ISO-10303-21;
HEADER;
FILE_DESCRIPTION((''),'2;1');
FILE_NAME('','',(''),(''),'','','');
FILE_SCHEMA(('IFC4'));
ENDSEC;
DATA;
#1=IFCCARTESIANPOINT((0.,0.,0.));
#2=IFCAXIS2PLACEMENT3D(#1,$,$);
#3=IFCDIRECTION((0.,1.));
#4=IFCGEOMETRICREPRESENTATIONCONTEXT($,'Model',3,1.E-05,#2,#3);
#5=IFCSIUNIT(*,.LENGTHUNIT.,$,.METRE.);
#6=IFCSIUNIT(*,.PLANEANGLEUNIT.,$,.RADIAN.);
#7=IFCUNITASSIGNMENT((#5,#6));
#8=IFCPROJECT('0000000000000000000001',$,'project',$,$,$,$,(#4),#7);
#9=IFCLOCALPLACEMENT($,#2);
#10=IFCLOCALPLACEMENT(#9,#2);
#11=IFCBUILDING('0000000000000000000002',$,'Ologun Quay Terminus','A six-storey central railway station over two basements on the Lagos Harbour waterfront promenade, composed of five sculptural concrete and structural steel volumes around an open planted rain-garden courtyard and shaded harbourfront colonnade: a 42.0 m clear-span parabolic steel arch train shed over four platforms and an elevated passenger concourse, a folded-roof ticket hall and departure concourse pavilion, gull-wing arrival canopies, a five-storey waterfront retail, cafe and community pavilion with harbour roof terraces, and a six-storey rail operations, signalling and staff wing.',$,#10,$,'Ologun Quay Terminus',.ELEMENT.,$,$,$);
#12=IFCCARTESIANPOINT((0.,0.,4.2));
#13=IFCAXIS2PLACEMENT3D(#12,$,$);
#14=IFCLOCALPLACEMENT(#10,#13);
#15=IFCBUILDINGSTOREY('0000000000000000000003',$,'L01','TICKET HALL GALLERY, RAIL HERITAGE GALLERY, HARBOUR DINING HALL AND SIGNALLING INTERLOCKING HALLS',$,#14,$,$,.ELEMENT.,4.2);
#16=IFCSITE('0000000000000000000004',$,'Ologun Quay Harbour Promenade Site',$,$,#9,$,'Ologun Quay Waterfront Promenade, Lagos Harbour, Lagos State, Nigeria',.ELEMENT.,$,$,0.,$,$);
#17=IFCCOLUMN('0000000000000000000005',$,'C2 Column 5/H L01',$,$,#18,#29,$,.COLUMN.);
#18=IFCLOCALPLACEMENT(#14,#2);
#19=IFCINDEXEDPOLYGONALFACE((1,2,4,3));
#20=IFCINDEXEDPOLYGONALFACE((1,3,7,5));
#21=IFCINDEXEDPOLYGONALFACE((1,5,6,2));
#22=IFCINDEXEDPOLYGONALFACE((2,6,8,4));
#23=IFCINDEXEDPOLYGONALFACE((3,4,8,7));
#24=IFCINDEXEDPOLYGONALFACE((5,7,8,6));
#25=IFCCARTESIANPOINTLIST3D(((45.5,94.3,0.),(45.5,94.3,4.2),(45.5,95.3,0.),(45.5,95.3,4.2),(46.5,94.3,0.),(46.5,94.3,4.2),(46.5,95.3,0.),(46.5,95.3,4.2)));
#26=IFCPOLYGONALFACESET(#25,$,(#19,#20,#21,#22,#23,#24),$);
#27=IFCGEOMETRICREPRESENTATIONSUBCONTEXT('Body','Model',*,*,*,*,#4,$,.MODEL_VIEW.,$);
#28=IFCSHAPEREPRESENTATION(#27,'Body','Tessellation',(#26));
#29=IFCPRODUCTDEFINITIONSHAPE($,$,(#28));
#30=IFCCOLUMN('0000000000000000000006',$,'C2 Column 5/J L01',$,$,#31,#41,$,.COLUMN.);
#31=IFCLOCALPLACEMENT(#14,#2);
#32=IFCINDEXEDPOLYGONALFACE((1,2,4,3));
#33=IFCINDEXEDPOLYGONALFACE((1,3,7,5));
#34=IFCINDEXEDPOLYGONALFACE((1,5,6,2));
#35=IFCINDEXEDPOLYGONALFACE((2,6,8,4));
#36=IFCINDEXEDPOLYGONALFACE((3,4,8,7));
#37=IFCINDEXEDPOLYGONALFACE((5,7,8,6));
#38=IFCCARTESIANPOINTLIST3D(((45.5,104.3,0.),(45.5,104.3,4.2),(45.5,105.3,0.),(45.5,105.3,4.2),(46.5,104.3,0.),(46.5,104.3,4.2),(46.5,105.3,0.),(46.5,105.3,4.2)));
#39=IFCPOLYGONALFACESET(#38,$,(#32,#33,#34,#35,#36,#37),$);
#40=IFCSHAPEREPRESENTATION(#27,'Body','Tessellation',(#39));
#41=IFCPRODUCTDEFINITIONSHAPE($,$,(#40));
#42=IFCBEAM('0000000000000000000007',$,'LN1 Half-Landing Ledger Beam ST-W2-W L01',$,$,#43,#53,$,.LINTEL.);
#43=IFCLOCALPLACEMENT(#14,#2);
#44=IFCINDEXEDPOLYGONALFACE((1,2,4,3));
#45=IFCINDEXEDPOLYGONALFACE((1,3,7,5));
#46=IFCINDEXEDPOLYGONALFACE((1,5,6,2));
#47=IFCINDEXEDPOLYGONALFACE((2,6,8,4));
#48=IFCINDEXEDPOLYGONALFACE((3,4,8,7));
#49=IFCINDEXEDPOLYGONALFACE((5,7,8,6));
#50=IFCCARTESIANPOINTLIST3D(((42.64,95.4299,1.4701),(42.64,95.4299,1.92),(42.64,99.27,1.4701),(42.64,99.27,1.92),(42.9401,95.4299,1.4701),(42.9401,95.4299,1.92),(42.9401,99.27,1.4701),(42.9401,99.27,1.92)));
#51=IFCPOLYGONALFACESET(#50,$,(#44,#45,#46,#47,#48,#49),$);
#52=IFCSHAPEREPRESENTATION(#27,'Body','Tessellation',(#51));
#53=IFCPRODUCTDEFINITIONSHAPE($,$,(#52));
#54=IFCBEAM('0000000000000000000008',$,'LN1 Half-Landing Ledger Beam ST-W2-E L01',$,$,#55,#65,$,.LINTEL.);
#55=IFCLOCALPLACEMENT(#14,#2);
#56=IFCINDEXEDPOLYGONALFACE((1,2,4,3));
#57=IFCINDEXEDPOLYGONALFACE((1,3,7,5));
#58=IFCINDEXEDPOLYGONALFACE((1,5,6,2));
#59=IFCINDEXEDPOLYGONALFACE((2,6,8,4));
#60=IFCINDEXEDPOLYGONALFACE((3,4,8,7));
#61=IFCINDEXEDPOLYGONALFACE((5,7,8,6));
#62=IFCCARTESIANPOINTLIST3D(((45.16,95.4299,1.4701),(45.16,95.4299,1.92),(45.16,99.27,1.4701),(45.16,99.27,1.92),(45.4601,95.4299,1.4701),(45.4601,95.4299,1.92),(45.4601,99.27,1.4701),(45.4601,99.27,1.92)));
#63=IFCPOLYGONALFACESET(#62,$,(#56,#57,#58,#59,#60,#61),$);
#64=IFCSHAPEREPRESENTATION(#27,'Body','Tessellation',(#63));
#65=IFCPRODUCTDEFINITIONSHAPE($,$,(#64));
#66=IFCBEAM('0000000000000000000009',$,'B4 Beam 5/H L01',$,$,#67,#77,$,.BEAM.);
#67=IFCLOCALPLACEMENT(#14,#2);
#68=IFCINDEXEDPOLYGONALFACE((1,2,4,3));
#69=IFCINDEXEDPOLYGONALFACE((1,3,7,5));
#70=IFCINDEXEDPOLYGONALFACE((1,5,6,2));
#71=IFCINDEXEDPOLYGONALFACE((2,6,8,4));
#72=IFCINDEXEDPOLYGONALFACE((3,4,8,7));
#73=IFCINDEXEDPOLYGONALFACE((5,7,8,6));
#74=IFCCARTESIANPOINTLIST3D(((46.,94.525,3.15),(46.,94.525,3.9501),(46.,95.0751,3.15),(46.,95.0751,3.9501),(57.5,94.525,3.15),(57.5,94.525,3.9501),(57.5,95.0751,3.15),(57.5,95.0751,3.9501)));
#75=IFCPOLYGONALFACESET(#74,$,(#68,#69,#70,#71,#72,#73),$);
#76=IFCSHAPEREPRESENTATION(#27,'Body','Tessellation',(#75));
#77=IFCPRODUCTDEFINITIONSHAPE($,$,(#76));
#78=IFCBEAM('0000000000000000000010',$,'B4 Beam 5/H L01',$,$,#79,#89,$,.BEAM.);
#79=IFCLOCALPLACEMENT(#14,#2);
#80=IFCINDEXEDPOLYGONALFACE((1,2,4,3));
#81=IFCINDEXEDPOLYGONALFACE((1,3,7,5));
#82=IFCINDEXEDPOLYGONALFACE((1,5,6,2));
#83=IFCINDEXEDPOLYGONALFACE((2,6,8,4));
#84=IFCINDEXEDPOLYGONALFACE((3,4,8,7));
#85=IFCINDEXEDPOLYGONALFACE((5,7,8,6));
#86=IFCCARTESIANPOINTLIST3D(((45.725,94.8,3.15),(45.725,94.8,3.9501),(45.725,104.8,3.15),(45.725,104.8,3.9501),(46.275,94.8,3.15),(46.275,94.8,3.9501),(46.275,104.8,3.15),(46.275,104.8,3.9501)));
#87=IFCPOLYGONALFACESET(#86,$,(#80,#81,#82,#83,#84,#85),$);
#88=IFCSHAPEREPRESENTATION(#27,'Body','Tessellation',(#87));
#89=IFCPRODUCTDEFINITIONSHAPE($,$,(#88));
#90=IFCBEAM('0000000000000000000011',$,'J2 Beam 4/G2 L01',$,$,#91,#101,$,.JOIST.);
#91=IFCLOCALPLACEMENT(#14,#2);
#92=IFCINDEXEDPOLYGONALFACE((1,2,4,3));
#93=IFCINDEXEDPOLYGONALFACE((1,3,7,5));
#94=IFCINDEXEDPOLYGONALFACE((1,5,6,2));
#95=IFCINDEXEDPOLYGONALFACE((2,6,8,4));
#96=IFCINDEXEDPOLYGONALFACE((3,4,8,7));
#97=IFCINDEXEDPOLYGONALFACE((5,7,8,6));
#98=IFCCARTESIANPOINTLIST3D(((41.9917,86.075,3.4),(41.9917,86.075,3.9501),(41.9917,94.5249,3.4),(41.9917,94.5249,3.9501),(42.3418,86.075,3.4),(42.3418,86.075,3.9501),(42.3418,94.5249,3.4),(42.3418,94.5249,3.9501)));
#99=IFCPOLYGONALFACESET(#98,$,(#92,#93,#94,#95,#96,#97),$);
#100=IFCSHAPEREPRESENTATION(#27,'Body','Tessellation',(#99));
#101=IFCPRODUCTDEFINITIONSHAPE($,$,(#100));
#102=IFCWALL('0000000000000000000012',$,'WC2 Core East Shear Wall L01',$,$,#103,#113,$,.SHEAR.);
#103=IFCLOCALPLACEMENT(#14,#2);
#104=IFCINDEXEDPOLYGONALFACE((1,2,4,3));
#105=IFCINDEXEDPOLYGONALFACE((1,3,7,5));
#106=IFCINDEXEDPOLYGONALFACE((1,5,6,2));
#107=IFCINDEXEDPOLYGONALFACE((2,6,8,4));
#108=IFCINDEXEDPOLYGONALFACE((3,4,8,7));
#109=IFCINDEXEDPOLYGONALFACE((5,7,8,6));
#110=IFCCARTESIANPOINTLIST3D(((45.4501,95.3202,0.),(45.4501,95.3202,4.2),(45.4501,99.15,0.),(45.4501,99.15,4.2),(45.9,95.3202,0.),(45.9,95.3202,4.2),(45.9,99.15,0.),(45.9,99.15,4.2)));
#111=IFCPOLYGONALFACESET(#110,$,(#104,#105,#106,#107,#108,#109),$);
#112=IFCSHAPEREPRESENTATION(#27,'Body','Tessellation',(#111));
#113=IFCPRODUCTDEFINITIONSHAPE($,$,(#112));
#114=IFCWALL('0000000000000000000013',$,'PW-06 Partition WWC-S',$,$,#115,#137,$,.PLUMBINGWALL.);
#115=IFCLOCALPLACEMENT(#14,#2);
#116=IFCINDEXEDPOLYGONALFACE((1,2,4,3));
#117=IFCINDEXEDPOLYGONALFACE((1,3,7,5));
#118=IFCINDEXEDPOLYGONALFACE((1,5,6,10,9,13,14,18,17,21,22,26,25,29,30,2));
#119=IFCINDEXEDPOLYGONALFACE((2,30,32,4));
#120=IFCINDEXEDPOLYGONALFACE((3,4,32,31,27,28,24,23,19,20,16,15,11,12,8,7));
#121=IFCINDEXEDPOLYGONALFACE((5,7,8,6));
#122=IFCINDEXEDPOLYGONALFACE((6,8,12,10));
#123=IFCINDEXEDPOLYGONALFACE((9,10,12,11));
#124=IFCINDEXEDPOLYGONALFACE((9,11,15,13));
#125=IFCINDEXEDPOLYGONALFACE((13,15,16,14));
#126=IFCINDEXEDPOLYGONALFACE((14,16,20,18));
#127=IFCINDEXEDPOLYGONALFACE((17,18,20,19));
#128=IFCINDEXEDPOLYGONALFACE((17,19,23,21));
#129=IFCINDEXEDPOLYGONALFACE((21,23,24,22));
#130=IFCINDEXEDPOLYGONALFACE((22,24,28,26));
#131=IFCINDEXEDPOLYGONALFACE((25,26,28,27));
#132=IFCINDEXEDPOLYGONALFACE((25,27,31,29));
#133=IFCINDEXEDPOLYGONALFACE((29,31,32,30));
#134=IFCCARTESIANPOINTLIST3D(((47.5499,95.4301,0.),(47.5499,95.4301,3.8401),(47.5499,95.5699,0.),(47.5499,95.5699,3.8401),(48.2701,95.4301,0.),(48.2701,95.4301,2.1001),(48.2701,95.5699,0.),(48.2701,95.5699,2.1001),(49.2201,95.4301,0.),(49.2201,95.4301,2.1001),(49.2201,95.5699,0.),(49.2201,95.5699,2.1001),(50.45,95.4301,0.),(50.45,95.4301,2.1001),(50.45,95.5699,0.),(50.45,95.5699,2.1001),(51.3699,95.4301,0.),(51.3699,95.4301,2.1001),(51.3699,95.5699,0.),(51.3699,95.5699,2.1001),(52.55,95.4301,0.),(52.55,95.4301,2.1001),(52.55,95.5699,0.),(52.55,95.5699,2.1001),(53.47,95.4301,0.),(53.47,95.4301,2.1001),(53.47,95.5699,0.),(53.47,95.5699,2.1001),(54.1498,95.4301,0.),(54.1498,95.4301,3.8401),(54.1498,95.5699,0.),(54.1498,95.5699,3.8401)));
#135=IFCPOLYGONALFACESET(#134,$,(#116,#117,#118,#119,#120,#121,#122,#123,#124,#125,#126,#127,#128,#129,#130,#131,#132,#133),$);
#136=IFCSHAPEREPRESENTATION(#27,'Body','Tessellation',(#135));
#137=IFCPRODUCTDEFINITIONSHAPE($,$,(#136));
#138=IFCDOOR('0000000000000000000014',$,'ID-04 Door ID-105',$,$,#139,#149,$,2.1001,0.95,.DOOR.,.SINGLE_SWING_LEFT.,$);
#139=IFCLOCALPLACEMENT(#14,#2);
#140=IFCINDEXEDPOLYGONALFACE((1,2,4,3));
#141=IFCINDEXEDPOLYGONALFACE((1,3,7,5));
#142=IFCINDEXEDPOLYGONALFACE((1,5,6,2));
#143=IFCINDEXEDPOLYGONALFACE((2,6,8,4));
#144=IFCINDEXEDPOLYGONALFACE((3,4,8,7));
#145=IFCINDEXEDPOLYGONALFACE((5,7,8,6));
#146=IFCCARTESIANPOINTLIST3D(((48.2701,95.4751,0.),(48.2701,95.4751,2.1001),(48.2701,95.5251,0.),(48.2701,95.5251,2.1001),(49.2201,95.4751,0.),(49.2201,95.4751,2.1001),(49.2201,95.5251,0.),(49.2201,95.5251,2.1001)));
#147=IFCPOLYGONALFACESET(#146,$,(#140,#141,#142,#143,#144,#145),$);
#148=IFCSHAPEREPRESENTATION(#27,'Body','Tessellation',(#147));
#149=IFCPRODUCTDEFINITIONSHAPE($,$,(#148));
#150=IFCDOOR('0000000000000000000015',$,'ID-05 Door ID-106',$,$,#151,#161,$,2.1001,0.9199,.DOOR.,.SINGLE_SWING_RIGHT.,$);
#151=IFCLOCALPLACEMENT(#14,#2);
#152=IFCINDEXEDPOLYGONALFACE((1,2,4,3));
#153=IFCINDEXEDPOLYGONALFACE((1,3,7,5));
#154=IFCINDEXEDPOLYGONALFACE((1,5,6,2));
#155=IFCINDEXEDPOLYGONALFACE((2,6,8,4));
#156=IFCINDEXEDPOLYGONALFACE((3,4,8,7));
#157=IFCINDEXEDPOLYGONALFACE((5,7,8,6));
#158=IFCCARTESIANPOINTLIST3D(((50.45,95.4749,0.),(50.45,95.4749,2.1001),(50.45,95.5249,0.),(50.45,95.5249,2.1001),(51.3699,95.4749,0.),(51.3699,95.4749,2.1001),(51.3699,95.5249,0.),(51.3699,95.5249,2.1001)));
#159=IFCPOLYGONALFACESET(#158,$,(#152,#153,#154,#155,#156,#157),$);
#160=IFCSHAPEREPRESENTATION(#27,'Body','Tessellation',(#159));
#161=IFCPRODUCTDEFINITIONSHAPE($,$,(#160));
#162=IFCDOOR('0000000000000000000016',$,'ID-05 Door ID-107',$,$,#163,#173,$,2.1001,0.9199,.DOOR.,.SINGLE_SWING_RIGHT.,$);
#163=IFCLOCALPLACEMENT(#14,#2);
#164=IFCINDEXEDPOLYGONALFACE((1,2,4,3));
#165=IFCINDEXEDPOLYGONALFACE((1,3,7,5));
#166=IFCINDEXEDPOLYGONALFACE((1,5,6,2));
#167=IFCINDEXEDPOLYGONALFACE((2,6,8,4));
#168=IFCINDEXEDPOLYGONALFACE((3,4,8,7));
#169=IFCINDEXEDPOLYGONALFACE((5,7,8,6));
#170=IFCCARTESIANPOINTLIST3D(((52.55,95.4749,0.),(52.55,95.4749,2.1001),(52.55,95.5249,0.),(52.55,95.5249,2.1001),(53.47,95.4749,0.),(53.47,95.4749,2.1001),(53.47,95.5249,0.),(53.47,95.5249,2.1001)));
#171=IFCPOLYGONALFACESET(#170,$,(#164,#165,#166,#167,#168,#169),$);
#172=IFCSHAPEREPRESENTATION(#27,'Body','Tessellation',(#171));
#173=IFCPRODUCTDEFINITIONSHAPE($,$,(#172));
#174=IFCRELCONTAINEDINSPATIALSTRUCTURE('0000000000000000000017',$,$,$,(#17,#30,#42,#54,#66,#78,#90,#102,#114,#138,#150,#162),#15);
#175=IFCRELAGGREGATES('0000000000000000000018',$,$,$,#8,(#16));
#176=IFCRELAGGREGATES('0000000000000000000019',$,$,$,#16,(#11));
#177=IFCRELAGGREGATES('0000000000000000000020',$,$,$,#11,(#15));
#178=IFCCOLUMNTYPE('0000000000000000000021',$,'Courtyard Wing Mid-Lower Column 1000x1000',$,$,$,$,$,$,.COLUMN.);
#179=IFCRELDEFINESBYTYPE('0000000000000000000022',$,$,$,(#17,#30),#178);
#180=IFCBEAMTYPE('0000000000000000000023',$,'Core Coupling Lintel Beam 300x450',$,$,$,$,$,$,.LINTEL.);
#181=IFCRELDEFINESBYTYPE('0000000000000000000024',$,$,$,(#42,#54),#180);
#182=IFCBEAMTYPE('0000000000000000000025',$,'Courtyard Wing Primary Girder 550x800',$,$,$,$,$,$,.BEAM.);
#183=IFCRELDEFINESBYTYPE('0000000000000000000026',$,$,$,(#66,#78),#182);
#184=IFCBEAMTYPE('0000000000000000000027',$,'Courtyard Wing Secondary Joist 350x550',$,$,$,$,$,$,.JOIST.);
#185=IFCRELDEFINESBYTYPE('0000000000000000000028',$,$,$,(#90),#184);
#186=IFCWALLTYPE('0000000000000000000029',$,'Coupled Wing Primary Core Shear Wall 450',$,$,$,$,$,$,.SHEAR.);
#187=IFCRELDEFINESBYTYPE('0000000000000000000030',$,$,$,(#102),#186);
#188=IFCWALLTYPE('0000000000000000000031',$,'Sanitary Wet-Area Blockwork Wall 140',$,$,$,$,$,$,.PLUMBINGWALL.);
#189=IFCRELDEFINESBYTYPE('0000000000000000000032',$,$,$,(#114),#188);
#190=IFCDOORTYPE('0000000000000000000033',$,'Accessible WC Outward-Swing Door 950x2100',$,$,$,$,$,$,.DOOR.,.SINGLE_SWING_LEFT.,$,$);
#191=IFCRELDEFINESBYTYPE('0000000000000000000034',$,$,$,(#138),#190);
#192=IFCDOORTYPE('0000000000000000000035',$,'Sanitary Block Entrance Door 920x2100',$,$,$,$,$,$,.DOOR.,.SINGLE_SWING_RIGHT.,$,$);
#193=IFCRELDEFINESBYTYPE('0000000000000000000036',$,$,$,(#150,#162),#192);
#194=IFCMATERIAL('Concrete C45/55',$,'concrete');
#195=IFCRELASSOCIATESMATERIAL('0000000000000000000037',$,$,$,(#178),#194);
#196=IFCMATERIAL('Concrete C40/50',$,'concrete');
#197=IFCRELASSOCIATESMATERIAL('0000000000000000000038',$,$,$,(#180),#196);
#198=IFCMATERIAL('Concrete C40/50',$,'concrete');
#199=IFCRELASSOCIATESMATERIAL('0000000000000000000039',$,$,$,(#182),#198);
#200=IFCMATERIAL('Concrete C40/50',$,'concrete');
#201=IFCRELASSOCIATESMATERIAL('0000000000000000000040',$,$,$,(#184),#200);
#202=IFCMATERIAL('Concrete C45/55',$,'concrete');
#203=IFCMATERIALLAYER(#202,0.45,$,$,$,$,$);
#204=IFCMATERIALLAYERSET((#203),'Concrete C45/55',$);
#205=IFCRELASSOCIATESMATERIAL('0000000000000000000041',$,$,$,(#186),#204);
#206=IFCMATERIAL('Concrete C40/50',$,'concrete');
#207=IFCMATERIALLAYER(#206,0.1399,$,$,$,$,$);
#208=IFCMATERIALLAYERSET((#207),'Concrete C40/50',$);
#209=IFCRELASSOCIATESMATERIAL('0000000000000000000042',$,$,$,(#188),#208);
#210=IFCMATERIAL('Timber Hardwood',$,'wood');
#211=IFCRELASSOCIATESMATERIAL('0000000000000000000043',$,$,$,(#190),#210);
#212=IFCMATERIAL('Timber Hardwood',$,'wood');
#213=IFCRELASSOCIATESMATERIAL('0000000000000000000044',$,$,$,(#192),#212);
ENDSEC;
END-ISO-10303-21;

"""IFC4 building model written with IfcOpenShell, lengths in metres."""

from ifc_helpers import new_model, si_unit, direction, frame, frame_2d, origin, origin_2d, place, context, subcontext, project, spatial, rectangle, extrude, material, layer, layer_set, material_profile, profile_set, type_object, element, fill, save


model = new_model("IFC4")

# Units and contexts
model_context = context("Model", 3, precision=1e-05, world=origin(), true_north=direction((0.0, 1.0)))
body_context = subcontext(model_context, "Body", "Model", "MODEL_VIEW")
ifc_project = project(units=[si_unit("LENGTHUNIT", "METRE"), si_unit("PLANEANGLEUNIT", "RADIAN")], contexts=[model_context])

# Site, building, storey
site_placement = place(None, origin())
site = spatial("IfcSite", under=ifc_project, at=site_placement, Name="Ologun Quay Harbour Promenade Site", LongName="Ologun Quay Waterfront Promenade, Lagos Harbour, Lagos State, Nigeria", CompositionType="ELEMENT", RefElevation=0.0)
building_placement = place(site_placement, origin())
building = spatial("IfcBuilding", under=site, at=building_placement, Name="Ologun Quay Terminus", Description="A six-storey central railway station over two basements on the Lagos Harbour waterfront promenade, composed of five sculptural concrete and structural steel volumes around an open planted rain-garden courtyard and shaded harbourfront colonnade: a 42.0 m clear-span parabolic steel arch train shed over four platforms and an elevated passenger concourse, a folded-roof ticket hall and departure concourse pavilion, gull-wing arrival canopies, a five-storey waterfront retail, cafe and community pavilion with harbour roof terraces, and a six-storey rail operations, signalling and staff wing.", LongName="Ologun Quay Terminus", CompositionType="ELEMENT")
storey_placement = place(building_placement, frame((0.0, 0.0, 4.2)))
storey = spatial("IfcBuildingStorey", under=building, at=storey_placement, Name="L01", Description="TICKET HALL GALLERY, RAIL HERITAGE GALLERY, HARBOUR DINING HALL AND SIGNALLING INTERLOCKING HALLS", CompositionType="ELEMENT", Elevation=4.2)

# Columns
ifc_material_1 = material(Name="Concrete C45/55", Category="concrete")
ifc_material_profile_1 = material_profile(ifc_material_1, rectangle(XDim=1.0, YDim=1.0, at=origin_2d()), Name="RC 1000x1000")
ifc_profile_set_1 = profile_set([ifc_material_profile_1], Name="Concrete C45/55")
column_type = type_object("IfcColumnType", Name="Courtyard Wing Mid-Lower Column 1000x1000", PredefinedType="COLUMN", material=ifc_profile_set_1)
for number, where, z_axis, x_axis, name in (
    (1, (46.0, 94.8, 0.0), (0.0, 0.0, 1.0), (1.0, 0.0, 0.0), "C2 Column 5/H L01"),
    (2, (46.0, 104.8, 0.0), (0.0, 0.0, 1.0), (1.0, 0.0, 0.0), "C2 Column 5/J L01"),
):
    element("IfcColumn", number, at=place(storey_placement, frame(where, z_axis=z_axis, x_axis=x_axis)), inside=storey, type_object=column_type, Name=name, PredefinedType="COLUMN", context=body_context, shape_type="SweptSolid", body=[
        extrude(rectangle(XDim=1.0, YDim=1.0, at=origin_2d()), origin(), (0.0, 0.0, 1.0), 4.2),
    ])

# Beams
ifc_material_2 = material(Name="Concrete C40/50", Category="concrete")
ifc_material_profile_2 = material_profile(ifc_material_2, rectangle(XDim=0.3, YDim=0.45, at=origin_2d()), Name="RC 300x450")
ifc_profile_set_2 = profile_set([ifc_material_profile_2], Name="Concrete C40/50")
beam_type_1 = type_object("IfcBeamType", Name="Core Coupling Lintel Beam 300x450", PredefinedType="LINTEL", material=ifc_profile_set_2)
for number, where, z_axis, x_axis, name in (
    (3, (42.79, 95.4299, 1.6951), (0.0, 1.0, 0.0), (-1.0, 0.0, 0.0), "LN1 Half-Landing Ledger Beam ST-W2-W L01"),
    (4, (45.3101, 95.4299, 1.6951), (0.0, 1.0, 0.0), (-1.0, 0.0, 0.0), "LN1 Half-Landing Ledger Beam ST-W2-E L01"),
):
    element("IfcBeam", number, at=place(storey_placement, frame(where, z_axis=z_axis, x_axis=x_axis)), inside=storey, type_object=beam_type_1, Name=name, PredefinedType="LINTEL", context=body_context, shape_type="SweptSolid", body=[
        extrude(rectangle(XDim=0.3, YDim=0.45, at=origin_2d()), origin(), (0.0, 0.0, 1.0), 3.8401),
    ])
ifc_material_3 = material(Name="Concrete C40/50", Category="concrete")
ifc_material_profile_3 = material_profile(ifc_material_3, rectangle(XDim=0.55, YDim=0.8, at=origin_2d()), Name="RC 550x800")
ifc_profile_set_3 = profile_set([ifc_material_profile_3], Name="Concrete C40/50")
beam_type_2 = type_object("IfcBeamType", Name="Courtyard Wing Primary Girder 550x800", PredefinedType="BEAM", material=ifc_profile_set_3)
beam_1_placement = place(storey_placement, frame((46.0, 94.8, 3.55), z_axis=(1.0, 0.0, 0.0), x_axis=(0.0, 1.0, 0.0)))
element("IfcBeam", 5, at=beam_1_placement, inside=storey, type_object=beam_type_2, Name="B4 Beam 5/H L01", PredefinedType="BEAM", context=body_context, shape_type="SweptSolid", body=[
    extrude(rectangle(XDim=0.55, YDim=0.8, at=origin_2d()), origin(), (0.0, 0.0, 1.0), 11.5),
])
beam_2_placement = place(storey_placement, frame((46.0, 94.8, 3.55), z_axis=(0.0, 1.0, 0.0), x_axis=(-1.0, 0.0, 0.0)))
element("IfcBeam", 6, at=beam_2_placement, inside=storey, type_object=beam_type_2, Name="B4 Beam 5/H L01", PredefinedType="BEAM", context=body_context, shape_type="SweptSolid", body=[
    extrude(rectangle(XDim=0.55, YDim=0.8, at=origin_2d()), origin(), (0.0, 0.0, 1.0), 10.0),
])
ifc_material_4 = material(Name="Concrete C40/50", Category="concrete")
ifc_material_profile_4 = material_profile(ifc_material_4, rectangle(XDim=0.3501, YDim=0.55, at=origin_2d()), Name="RC 350x550")
ifc_profile_set_4 = profile_set([ifc_material_profile_4], Name="Concrete C40/50")
beam_type_3 = type_object("IfcBeamType", Name="Courtyard Wing Secondary Joist 350x550", PredefinedType="JOIST", material=ifc_profile_set_4)
beam_3_placement = place(storey_placement, frame((42.1667, 86.075, 3.675), z_axis=(0.0, 1.0, 0.0), x_axis=(-1.0, 0.0, 0.0)))
element("IfcBeam", 7, at=beam_3_placement, inside=storey, type_object=beam_type_3, Name="J2 Beam 4/G2 L01", PredefinedType="JOIST", context=body_context, shape_type="SweptSolid", body=[
    extrude(rectangle(XDim=0.3501, YDim=0.55, at=origin_2d()), origin(), (0.0, 0.0, 1.0), 8.45),
])

# Wall
ifc_material_5 = material(Name="Concrete C45/55", Category="concrete")
ifc_layer_1 = layer(ifc_material_5, 0.45)
ifc_layer_set_1 = layer_set([ifc_layer_1], Name="Concrete C45/55")
wall_type_1 = type_object("IfcWallType", Name="Coupled Wing Primary Core Shear Wall 450", PredefinedType="SHEAR", material=ifc_layer_set_1)
wall_1_placement = place(storey_placement, frame((45.675, 95.3201, 0.0), z_axis=(0.0, 0.0, 1.0), x_axis=(0.0, 1.0, 0.0)))
element("IfcWall", 8, at=wall_1_placement, inside=storey, type_object=wall_type_1, Name="WC2 Core East Shear Wall L01", PredefinedType="SHEAR", context=body_context, shape_type="SweptSolid", body=[
    extrude(rectangle(XDim=3.8298, YDim=0.45, at=frame_2d((1.915, 0.0))), origin(), (0.0, 0.0, 1.0), 4.2),
])

# Wall, openings, doors
ifc_material_6 = material(Name="Concrete C40/50", Category="concrete")
ifc_layer_2 = layer(ifc_material_6, 0.1399)
ifc_layer_set_2 = layer_set([ifc_layer_2], Name="Concrete C40/50")
wall_type_2 = type_object("IfcWallType", Name="Sanitary Wet-Area Blockwork Wall 140", PredefinedType="PLUMBINGWALL", material=ifc_layer_set_2)
wall_2_placement = place(storey_placement, frame((47.55, 95.5, 0.0), z_axis=(0.0, 0.0, 1.0), x_axis=(1.0, 0.0, 0.0)))
wall_2 = element("IfcWall", 9, at=wall_2_placement, inside=storey, type_object=wall_type_2, Name="PW-06 Partition WWC-S", PredefinedType="PLUMBINGWALL", context=body_context, shape_type="SweptSolid", body=[
    extrude(rectangle(XDim=6.5999, YDim=0.1399, at=frame_2d((3.2998, 0.0))), origin(), (0.0, 0.0, 1.0), 3.8401),
])
opening_1_placement = place(wall_2_placement, frame((0.72, 0.0, 0.0)))
opening_1 = element("IfcOpeningElement", 10, at=opening_1_placement, cuts=wall_2, PredefinedType="OPENING", context=body_context, shape_type="SweptSolid", body=[
    extrude(rectangle(XDim=0.95, YDim=2.1001, at=frame_2d((0.4751, 1.05))), frame((0.0, 0.0801, 0.0), z_axis=(0.0, -1.0, 0.0), x_axis=(1.0, 0.0, 0.0)), (0.0, 0.0, 1.0), 0.1599),
])
opening_2_placement = place(wall_2_placement, frame((2.8999, 0.0, 0.0)))
opening_2 = element("IfcOpeningElement", 11, at=opening_2_placement, cuts=wall_2, PredefinedType="OPENING", context=body_context, shape_type="SweptSolid", body=[
    extrude(rectangle(XDim=0.9199, YDim=2.1001, at=frame_2d((0.46, 1.05))), frame((0.0, 0.0801, 0.0), z_axis=(0.0, -1.0, 0.0), x_axis=(1.0, 0.0, 0.0)), (0.0, 0.0, 1.0), 0.1599),
])
opening_3_placement = place(wall_2_placement, frame((5.0, 0.0, 0.0)))
opening_3 = element("IfcOpeningElement", 12, at=opening_3_placement, cuts=wall_2, PredefinedType="OPENING", context=body_context, shape_type="SweptSolid", body=[
    extrude(rectangle(XDim=0.9199, YDim=2.1001, at=frame_2d((0.46, 1.05))), frame((0.0, 0.0801, 0.0), z_axis=(0.0, -1.0, 0.0), x_axis=(1.0, 0.0, 0.0)), (0.0, 0.0, 1.0), 0.1599),
])
ifc_material_7 = material(Name="Timber Hardwood", Category="wood")
door_type_1 = type_object("IfcDoorType", Name="Accessible WC Outward-Swing Door 950x2100", OperationType="SINGLE_SWING_LEFT", PredefinedType="DOOR", material=ifc_material_7)
door_1_placement = place(opening_1_placement, frame((0.4751, 0.0, 0.0), z_axis=(0.0, 0.0, 1.0), x_axis=(-1.0, 0.0, 0.0)))
door_1 = element("IfcDoor", 13, at=door_1_placement, inside=storey, type_object=door_type_1, Name="ID-04 Door ID-105", OperationType="SINGLE_SWING_LEFT", OverallHeight=2.1001, OverallWidth=0.95, PredefinedType="DOOR", context=body_context, shape_type="SweptSolid", body=[
    extrude(rectangle(XDim=0.95, YDim=2.1001, at=frame_2d((0.0, 1.05))), frame((0.0, 0.0249, 0.0), z_axis=(0.0, -1.0, 0.0), x_axis=(1.0, 0.0, 0.0)), (0.0, 0.0, 1.0), 0.05),
])
fill(opening_1, door_1)
ifc_material_8 = material(Name="Timber Hardwood", Category="wood")
door_type_2 = type_object("IfcDoorType", Name="Sanitary Block Entrance Door 920x2100", OperationType="SINGLE_SWING_RIGHT", PredefinedType="DOOR", material=ifc_material_8)
door_2_placement = place(opening_2_placement, origin())
door_2 = element("IfcDoor", 14, at=door_2_placement, inside=storey, type_object=door_type_2, Name="ID-05 Door ID-106", OperationType="SINGLE_SWING_RIGHT", OverallHeight=2.1001, OverallWidth=0.9199, PredefinedType="DOOR", context=body_context, shape_type="SweptSolid", body=[
    extrude(rectangle(XDim=0.9199, YDim=2.1001, at=frame_2d((0.46, 1.05))), frame((0.0, 0.0249, 0.0), z_axis=(0.0, -1.0, 0.0), x_axis=(1.0, 0.0, 0.0)), (0.0, 0.0, 1.0), 0.05),
])
fill(opening_2, door_2)
door_3_placement = place(opening_3_placement, origin())
door_3 = element("IfcDoor", 15, at=door_3_placement, inside=storey, type_object=door_type_2, Name="ID-05 Door ID-107", OperationType="SINGLE_SWING_RIGHT", OverallHeight=2.1001, OverallWidth=0.9199, PredefinedType="DOOR", context=body_context, shape_type="SweptSolid", body=[
    extrude(rectangle(XDim=0.9199, YDim=2.1001, at=frame_2d((0.46, 1.05))), frame((0.0, 0.0249, 0.0), z_axis=(0.0, -1.0, 0.0), x_axis=(1.0, 0.0, 0.0)), (0.0, 0.0, 1.0), 0.05),
])
fill(opening_3, door_3)

save(model, "model.ifc")
